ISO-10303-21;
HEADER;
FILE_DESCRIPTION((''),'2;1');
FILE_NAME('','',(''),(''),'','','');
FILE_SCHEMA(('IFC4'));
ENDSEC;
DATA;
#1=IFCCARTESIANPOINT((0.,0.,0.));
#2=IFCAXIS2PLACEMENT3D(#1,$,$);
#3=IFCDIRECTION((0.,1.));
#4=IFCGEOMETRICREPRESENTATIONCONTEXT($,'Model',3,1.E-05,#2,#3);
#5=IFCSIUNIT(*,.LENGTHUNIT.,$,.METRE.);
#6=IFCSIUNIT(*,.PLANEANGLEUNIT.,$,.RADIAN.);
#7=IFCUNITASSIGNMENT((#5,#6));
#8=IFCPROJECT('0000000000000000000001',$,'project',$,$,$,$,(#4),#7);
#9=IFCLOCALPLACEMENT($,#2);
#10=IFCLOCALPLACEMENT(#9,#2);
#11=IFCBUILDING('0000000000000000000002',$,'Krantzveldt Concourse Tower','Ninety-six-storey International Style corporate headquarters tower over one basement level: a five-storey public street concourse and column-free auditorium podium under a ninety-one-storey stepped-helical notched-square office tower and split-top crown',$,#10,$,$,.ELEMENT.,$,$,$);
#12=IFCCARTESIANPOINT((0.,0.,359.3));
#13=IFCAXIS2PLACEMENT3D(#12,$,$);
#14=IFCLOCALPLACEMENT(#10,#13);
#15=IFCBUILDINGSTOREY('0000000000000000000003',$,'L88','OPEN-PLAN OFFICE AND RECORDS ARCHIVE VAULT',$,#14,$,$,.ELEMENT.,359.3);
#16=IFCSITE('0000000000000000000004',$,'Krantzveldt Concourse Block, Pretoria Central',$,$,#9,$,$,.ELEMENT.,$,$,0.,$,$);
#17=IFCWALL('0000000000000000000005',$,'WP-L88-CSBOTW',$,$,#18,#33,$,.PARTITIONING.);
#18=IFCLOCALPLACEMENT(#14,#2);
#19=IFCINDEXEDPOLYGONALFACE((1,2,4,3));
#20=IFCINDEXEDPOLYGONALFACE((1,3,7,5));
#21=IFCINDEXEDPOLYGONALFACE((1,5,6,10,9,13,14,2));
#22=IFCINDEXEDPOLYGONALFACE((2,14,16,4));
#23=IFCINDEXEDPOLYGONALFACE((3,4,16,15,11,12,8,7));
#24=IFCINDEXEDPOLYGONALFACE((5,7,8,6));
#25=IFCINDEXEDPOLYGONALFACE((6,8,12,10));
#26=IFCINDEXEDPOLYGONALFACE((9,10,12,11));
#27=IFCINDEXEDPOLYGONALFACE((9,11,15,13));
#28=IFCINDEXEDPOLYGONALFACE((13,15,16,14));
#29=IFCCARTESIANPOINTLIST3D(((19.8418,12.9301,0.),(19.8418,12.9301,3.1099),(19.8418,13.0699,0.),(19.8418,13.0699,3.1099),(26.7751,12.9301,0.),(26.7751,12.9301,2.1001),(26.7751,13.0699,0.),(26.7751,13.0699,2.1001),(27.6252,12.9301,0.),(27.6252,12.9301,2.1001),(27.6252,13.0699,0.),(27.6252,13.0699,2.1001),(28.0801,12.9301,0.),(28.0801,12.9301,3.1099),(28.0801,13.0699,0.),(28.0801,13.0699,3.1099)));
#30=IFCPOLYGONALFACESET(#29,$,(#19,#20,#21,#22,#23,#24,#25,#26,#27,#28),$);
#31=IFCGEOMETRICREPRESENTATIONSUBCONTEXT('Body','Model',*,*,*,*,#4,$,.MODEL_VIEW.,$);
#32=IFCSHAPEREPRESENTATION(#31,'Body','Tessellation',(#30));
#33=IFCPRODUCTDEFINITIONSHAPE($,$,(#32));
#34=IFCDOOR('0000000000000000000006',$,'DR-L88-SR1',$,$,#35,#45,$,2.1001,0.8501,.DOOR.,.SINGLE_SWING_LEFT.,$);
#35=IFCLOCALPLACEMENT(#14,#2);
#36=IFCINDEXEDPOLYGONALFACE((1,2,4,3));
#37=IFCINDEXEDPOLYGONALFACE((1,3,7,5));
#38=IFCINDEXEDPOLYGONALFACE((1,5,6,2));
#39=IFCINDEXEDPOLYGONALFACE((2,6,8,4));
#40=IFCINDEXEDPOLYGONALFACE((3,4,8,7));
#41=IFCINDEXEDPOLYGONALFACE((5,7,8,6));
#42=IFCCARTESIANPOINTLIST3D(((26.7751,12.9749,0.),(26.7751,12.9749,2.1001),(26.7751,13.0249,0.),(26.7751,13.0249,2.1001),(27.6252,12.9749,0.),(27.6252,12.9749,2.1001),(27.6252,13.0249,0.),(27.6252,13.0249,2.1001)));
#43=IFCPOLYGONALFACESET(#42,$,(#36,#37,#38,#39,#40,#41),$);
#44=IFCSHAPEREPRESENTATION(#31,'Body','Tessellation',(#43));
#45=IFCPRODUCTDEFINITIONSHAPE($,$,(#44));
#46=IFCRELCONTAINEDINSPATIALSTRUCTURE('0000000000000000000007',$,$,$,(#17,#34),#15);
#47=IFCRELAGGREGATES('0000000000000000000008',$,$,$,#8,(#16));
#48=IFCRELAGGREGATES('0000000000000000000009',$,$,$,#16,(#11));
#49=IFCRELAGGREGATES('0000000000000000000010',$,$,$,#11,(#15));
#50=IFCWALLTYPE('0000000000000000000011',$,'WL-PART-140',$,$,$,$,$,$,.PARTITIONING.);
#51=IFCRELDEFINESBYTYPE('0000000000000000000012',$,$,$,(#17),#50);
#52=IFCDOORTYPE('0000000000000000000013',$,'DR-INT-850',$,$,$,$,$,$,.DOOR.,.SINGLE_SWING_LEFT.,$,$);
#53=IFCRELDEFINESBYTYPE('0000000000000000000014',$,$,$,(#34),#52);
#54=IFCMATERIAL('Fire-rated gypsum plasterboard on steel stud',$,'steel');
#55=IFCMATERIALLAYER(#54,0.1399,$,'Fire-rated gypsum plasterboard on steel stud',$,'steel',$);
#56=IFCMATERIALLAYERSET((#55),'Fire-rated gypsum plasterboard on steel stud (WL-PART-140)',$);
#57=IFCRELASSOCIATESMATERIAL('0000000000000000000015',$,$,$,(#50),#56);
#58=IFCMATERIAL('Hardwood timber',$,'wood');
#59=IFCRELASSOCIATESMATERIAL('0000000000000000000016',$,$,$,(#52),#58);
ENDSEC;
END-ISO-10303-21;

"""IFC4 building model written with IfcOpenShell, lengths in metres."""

from ifc_helpers import new_model, si_unit, direction, frame, frame_2d, origin, place, context, subcontext, project, spatial, rectangle, extrude, material, layer, layer_set, type_object, element, fill, save


model = new_model("IFC4")

# Units and contexts
model_context = context("Model", 3, precision=1e-05, world=origin(), true_north=direction((0.0, 1.0)))
body_context = subcontext(model_context, "Body", "Model", "MODEL_VIEW")
ifc_project = project(units=[si_unit("LENGTHUNIT", "METRE"), si_unit("PLANEANGLEUNIT", "RADIAN")], contexts=[model_context])

# Site, building, storey
site_placement = place(None, origin())
site = spatial("IfcSite", under=ifc_project, at=site_placement, Name="Krantzveldt Concourse Block, Pretoria Central", CompositionType="ELEMENT", RefElevation=0.0)
building_placement = place(site_placement, origin())
building = spatial("IfcBuilding", under=site, at=building_placement, Name="Krantzveldt Concourse Tower", Description="Ninety-six-storey International Style corporate headquarters tower over one basement level: a five-storey public street concourse and column-free auditorium podium under a ninety-one-storey stepped-helical notched-square office tower and split-top crown", CompositionType="ELEMENT")
storey_placement = place(building_placement, frame((0.0, 0.0, 359.3)))
storey = spatial("IfcBuildingStorey", under=building, at=storey_placement, Name="L88", Description="OPEN-PLAN OFFICE AND RECORDS ARCHIVE VAULT", CompositionType="ELEMENT", Elevation=359.3)

# Shared definitions
ifc_material_1 = material(Name="Fire-rated gypsum plasterboard on steel stud", Category="steel")

# Wall, opening, door
ifc_layer_1 = layer(ifc_material_1, 0.1399, Name="Fire-rated gypsum plasterboard on steel stud", Category="steel")
ifc_layer_set_1 = layer_set([ifc_layer_1], Name="Fire-rated gypsum plasterboard on steel stud (WL-PART-140)")
wall_type_1 = type_object("IfcWallType", Name="WL-PART-140", PredefinedType="PARTITIONING", material=ifc_layer_set_1)
wall_1_placement = place(storey_placement, frame((19.8418, 13.0, 0.0), z_axis=(0.0, 0.0, 1.0), x_axis=(1.0, 0.0, 0.0)))
wall_1 = element("IfcWall", 1, at=wall_1_placement, inside=storey, type_object=wall_type_1, Name="WP-L88-CSBOTW", PredefinedType="PARTITIONING", context=body_context, shape_type="SweptSolid", body=[
    extrude(rectangle(XDim=8.2383, YDim=0.1399, at=frame_2d((4.1191, 0.0))), origin(), (0.0, 0.0, 1.0), 3.1099),
])
opening_placement = place(wall_1_placement, frame((6.9333, 0.0, 0.0)))
opening = element("IfcOpeningElement", 2, at=opening_placement, cuts=wall_1, PredefinedType="OPENING", context=body_context, shape_type="SweptSolid", body=[
    extrude(rectangle(XDim=0.8501, YDim=2.1001, at=frame_2d((0.425, 1.05))), frame((0.0, 0.0801, 0.0), z_axis=(0.0, -1.0, 0.0), x_axis=(1.0, 0.0, 0.0)), (0.0, 0.0, 1.0), 0.1599),
])
ifc_material_2 = material(Name="Hardwood timber", Category="wood")
door_type = type_object("IfcDoorType", Name="DR-INT-850", OperationType="SINGLE_SWING_LEFT", PredefinedType="DOOR", material=ifc_material_2)
door_placement = place(opening_placement, origin())
door = element("IfcDoor", 3, at=door_placement, inside=storey, type_object=door_type, Name="DR-L88-SR1", OperationType="SINGLE_SWING_LEFT", OverallHeight=2.1001, OverallWidth=0.8501, PredefinedType="DOOR", context=body_context, shape_type="SweptSolid", body=[
    extrude(rectangle(XDim=0.8501, YDim=2.1001, at=frame_2d((0.425, 1.05))), frame((0.0, 0.0249, 0.0), z_axis=(0.0, -1.0, 0.0), x_axis=(1.0, 0.0, 0.0)), (0.0, 0.0, 1.0), 0.05),
])
fill(opening, door)

save(model, "model.ifc")
